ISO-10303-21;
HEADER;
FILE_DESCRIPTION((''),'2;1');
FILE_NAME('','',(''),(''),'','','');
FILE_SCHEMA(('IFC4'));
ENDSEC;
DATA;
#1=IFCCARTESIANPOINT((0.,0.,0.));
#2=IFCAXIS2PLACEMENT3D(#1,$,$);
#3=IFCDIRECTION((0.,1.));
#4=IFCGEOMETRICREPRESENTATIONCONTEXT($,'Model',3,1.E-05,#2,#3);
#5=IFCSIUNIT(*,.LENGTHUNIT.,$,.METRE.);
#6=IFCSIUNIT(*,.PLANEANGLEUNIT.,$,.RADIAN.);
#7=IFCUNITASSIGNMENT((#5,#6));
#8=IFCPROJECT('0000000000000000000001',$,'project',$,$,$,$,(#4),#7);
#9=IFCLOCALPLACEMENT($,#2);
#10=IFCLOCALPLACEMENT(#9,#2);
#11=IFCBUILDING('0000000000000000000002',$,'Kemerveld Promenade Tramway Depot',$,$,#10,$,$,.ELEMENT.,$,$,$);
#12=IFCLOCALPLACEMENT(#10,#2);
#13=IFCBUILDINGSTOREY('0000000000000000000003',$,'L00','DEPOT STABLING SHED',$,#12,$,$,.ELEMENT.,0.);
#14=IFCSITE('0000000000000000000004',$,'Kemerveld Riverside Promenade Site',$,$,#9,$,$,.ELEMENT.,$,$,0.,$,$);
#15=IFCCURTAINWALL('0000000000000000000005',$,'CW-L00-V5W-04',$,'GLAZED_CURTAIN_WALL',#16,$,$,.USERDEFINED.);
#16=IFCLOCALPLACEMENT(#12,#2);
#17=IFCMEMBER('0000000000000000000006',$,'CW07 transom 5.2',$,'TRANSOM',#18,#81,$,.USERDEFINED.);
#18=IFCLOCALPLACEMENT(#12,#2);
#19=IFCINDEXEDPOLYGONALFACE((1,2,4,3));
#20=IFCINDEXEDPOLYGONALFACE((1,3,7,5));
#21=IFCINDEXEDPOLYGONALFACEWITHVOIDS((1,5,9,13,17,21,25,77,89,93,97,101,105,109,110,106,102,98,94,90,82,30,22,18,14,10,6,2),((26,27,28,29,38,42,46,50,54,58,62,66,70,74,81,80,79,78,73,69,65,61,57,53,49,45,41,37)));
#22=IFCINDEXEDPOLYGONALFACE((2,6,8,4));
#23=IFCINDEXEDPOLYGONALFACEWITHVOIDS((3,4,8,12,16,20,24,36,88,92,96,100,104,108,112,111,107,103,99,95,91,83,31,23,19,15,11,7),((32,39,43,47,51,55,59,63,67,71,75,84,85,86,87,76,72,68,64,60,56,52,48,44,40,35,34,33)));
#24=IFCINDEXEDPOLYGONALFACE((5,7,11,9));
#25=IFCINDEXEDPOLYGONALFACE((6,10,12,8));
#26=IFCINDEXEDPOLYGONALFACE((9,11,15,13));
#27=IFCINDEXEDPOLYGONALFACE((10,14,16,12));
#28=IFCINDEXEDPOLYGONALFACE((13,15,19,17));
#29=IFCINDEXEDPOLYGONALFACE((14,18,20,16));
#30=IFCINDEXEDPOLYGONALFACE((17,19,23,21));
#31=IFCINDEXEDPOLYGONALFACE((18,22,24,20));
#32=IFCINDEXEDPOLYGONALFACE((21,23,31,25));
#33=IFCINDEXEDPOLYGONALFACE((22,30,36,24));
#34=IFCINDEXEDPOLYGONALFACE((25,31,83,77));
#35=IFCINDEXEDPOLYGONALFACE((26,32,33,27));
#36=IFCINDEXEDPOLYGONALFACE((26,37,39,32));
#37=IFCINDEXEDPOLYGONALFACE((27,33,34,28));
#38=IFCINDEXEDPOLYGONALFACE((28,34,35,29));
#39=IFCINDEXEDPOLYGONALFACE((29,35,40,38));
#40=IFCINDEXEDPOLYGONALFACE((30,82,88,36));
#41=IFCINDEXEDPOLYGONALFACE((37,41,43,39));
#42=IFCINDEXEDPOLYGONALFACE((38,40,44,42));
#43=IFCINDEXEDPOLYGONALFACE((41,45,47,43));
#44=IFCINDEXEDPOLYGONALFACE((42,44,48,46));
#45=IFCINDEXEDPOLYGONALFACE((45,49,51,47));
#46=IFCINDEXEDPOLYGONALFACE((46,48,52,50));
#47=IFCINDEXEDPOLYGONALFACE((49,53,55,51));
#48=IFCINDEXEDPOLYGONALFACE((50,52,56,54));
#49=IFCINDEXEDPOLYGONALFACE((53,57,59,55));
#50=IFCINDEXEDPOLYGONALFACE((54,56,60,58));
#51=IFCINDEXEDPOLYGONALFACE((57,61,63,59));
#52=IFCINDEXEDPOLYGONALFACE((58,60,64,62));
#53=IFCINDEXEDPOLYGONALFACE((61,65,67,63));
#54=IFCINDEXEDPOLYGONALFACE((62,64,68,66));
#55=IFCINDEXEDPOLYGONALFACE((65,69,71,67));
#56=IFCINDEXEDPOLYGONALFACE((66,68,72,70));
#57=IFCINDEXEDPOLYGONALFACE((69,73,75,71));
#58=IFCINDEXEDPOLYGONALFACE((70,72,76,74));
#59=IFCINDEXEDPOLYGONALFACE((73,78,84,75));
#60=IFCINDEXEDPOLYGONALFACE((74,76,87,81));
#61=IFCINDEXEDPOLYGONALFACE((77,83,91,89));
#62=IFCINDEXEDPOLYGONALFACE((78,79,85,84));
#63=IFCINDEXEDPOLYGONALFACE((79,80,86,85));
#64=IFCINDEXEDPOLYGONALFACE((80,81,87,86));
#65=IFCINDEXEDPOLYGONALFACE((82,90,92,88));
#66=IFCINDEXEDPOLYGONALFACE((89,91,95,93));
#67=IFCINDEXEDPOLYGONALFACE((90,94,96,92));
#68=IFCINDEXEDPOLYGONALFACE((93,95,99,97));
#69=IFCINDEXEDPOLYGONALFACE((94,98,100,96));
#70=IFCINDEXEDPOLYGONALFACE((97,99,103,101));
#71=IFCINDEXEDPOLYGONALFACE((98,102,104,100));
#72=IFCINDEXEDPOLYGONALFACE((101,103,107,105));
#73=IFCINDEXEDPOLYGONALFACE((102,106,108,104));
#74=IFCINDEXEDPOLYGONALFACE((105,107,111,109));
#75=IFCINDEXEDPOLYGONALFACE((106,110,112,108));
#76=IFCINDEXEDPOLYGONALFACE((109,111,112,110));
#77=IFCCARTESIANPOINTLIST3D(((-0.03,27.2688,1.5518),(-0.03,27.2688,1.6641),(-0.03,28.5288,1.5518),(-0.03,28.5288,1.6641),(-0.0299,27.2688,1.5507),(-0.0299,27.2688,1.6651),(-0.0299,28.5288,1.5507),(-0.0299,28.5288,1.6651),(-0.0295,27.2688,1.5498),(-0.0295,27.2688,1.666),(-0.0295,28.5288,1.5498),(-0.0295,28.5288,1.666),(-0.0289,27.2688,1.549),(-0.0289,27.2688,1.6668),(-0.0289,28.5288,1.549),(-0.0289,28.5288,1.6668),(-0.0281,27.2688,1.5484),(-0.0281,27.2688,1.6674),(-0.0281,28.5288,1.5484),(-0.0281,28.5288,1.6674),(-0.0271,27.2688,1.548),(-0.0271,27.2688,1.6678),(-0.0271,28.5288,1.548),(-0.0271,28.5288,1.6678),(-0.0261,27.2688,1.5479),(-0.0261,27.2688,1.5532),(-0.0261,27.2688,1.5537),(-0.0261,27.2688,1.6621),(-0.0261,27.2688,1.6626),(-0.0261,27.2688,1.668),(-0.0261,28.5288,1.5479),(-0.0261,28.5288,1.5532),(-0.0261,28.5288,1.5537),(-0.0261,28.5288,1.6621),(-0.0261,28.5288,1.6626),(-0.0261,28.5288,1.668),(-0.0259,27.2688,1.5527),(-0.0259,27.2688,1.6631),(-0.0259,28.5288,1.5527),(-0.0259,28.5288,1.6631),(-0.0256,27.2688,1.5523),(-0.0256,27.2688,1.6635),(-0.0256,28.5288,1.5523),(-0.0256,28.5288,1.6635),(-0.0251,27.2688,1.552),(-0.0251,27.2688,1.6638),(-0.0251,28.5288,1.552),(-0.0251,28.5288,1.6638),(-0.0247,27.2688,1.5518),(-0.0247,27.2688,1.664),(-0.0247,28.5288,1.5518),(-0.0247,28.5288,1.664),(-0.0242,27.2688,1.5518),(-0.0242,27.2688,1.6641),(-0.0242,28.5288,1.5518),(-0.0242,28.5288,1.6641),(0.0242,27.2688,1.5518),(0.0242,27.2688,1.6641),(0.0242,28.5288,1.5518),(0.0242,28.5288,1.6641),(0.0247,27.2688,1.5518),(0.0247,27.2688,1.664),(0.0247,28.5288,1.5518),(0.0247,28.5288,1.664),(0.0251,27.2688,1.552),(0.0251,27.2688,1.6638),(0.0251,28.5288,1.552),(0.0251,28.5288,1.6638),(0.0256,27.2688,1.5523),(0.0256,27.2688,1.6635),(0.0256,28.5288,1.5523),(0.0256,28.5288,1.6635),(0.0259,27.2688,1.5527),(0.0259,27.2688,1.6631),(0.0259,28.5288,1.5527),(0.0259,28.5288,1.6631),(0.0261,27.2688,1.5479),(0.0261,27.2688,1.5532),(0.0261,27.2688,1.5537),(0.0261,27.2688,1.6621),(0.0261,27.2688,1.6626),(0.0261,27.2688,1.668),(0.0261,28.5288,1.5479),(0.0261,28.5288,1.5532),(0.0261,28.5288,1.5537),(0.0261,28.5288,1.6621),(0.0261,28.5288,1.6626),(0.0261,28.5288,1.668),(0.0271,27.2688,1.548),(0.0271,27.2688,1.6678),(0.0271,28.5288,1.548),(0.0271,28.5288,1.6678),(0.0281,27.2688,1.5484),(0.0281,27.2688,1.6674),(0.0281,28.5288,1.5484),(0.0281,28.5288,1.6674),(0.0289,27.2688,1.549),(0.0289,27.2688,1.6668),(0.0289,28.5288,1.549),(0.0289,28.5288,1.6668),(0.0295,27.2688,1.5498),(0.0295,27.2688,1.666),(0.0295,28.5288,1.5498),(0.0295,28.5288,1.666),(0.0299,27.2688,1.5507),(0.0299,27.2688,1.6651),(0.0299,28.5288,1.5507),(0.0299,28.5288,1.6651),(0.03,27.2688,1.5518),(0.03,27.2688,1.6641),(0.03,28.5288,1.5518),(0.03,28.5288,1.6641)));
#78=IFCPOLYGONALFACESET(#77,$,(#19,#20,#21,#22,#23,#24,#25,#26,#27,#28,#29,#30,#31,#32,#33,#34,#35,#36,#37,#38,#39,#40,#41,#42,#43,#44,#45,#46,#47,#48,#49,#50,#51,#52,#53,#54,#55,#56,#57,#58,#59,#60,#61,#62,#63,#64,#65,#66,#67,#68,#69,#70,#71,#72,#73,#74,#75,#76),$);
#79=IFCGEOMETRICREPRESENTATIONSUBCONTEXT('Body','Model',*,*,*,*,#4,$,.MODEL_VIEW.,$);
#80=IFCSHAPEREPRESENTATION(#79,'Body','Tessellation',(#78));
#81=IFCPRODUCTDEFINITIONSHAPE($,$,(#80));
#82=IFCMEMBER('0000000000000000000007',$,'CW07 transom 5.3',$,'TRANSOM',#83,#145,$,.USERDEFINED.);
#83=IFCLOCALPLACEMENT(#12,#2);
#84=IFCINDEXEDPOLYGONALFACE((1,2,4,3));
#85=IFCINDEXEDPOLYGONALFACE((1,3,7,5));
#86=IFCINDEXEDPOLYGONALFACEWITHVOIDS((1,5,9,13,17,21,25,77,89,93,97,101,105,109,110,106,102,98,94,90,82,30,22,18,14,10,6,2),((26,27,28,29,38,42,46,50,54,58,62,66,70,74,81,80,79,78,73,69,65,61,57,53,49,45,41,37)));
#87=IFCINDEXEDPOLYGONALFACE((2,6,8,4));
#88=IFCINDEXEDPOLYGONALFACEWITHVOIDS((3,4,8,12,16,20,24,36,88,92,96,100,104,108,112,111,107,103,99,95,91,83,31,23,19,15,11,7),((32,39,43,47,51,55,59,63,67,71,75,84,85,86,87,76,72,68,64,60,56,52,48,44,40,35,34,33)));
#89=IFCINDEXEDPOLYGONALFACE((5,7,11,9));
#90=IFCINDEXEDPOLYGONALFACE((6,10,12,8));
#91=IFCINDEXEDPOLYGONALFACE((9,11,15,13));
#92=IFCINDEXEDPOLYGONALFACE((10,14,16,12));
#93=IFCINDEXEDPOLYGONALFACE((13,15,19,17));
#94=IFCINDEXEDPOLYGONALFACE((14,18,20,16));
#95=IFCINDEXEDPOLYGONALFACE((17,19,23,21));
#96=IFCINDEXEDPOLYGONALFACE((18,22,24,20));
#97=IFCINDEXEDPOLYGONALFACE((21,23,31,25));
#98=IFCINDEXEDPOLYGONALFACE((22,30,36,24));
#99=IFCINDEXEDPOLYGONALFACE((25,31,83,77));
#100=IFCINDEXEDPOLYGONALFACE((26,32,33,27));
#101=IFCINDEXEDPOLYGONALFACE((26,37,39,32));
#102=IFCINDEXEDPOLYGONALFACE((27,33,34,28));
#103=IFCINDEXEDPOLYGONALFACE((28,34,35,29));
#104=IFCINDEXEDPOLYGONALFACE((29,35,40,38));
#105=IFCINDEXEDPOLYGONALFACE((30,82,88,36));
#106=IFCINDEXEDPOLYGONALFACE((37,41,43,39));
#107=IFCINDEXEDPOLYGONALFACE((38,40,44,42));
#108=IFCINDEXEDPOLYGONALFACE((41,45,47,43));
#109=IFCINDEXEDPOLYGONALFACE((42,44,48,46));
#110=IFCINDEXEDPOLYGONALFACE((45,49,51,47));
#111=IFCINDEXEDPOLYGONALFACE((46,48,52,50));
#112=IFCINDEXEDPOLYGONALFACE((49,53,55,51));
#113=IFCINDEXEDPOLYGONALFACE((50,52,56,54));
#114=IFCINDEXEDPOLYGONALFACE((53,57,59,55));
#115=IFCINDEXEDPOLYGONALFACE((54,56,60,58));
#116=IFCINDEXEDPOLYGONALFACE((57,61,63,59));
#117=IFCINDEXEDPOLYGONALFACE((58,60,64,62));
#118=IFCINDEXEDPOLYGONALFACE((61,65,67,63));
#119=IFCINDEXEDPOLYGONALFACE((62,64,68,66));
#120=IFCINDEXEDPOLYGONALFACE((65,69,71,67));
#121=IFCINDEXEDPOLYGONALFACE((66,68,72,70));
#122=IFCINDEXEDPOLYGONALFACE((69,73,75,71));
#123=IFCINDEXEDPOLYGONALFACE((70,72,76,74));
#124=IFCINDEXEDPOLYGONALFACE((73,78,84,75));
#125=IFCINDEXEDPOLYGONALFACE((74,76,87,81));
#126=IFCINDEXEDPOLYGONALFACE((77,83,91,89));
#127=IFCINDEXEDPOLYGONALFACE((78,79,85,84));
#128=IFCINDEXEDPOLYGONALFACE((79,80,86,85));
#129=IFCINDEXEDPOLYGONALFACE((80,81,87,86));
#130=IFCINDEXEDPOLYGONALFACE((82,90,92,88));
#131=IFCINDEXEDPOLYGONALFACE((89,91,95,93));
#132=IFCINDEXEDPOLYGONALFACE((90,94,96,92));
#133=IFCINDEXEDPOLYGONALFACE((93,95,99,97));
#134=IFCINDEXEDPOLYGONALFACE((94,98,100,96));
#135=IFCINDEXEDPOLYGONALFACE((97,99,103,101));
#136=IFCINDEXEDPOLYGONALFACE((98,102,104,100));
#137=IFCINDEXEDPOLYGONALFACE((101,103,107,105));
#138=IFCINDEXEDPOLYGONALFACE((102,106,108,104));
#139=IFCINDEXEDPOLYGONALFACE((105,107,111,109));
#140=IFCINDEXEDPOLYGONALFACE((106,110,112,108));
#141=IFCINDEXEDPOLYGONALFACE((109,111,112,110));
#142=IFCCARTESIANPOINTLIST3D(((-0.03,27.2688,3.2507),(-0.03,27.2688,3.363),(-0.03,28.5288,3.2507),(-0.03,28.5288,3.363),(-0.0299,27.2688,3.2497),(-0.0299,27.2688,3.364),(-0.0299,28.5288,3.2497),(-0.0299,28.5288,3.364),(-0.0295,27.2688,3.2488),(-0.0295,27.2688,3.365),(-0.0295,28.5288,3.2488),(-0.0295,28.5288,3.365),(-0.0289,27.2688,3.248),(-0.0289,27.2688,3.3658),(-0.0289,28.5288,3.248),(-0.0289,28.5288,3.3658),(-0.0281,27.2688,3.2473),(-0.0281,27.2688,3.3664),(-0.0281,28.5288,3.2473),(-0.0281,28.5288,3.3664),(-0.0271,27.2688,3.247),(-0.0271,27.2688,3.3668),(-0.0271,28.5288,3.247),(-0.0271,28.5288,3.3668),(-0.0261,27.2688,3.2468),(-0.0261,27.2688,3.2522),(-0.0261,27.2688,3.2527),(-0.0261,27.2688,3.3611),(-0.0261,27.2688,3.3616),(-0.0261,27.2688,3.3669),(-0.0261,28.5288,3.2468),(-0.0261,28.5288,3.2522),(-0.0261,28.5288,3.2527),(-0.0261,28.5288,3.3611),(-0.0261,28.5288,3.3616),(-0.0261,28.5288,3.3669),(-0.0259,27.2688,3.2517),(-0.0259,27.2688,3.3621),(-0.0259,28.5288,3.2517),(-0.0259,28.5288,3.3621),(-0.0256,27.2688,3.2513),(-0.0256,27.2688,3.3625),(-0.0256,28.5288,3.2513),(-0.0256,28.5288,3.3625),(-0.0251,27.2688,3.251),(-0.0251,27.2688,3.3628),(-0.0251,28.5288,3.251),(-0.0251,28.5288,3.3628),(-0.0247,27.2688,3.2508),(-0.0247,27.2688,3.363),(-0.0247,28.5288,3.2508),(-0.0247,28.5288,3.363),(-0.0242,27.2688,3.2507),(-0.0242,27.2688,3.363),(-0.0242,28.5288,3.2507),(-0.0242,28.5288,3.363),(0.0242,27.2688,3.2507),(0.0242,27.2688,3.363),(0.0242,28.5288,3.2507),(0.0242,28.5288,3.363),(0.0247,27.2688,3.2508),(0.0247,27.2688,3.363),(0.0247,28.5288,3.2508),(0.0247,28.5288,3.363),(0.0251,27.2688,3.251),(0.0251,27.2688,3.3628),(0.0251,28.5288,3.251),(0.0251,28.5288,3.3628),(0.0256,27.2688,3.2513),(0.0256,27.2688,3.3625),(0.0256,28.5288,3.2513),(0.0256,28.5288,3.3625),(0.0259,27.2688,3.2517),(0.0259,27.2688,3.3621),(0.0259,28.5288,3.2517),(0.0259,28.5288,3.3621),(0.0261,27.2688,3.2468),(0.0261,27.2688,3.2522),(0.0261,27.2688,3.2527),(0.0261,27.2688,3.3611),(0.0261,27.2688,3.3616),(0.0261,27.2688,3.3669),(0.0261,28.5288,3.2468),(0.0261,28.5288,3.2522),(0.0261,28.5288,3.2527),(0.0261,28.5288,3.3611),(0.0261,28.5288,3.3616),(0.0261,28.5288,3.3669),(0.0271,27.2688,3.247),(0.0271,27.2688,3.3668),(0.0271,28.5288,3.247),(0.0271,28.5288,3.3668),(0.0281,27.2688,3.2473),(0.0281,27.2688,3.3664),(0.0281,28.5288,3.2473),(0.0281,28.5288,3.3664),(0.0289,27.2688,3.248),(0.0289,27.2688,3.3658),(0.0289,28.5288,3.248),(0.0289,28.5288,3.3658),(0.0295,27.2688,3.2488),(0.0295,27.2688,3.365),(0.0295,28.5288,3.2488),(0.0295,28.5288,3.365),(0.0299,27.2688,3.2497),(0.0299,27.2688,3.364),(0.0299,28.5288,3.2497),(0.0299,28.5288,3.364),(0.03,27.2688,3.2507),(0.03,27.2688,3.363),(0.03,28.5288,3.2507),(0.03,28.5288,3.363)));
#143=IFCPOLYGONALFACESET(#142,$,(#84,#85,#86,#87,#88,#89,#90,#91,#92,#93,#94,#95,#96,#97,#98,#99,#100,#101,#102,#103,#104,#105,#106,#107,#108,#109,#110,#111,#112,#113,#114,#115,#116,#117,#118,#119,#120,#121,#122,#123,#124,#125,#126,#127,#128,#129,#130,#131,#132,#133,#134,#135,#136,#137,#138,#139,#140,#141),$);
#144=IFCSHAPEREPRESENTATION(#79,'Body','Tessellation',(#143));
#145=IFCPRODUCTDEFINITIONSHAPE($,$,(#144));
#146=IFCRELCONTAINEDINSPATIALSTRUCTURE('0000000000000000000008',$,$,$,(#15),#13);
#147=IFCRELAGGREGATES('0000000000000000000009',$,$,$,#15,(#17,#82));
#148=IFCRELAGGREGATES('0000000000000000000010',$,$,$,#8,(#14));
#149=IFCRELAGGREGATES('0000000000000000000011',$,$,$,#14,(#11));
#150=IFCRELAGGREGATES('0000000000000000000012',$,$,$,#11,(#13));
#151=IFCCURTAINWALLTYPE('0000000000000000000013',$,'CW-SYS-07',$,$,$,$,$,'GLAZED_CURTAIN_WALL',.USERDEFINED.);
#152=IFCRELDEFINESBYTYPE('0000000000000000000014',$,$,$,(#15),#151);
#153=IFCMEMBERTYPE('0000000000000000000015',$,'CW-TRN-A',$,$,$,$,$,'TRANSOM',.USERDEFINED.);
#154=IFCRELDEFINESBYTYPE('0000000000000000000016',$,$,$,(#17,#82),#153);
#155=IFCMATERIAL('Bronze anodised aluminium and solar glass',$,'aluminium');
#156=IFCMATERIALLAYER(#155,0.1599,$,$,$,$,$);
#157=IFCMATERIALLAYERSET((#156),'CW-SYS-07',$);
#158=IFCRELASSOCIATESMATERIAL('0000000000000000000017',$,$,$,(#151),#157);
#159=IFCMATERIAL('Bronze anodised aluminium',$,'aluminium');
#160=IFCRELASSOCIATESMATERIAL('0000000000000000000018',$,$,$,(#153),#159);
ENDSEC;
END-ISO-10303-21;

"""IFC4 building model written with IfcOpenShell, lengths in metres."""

from ifc_helpers import new_model, si_unit, direction, frame, origin, origin_2d, place, context, subcontext, project, spatial, hollow_rectangle, extrude, material, layer, layer_set, material_profile, profile_set, type_object, element, aggregate, save


model = new_model("IFC4")

# Units and contexts
model_context = context("Model", 3, precision=1e-05, world=origin(), true_north=direction((0.0, 1.0)))
body_context = subcontext(model_context, "Body", "Model", "MODEL_VIEW")
ifc_project = project(units=[si_unit("LENGTHUNIT", "METRE"), si_unit("PLANEANGLEUNIT", "RADIAN")], contexts=[model_context])

# Site, building, storey
site_placement = place(None, origin())
site = spatial("IfcSite", under=ifc_project, at=site_placement, Name="Kemerveld Riverside Promenade Site", CompositionType="ELEMENT", RefElevation=0.0)
building_placement = place(site_placement, origin())
building = spatial("IfcBuilding", under=site, at=building_placement, Name="Kemerveld Promenade Tramway Depot", CompositionType="ELEMENT")
storey_placement = place(building_placement, origin())
storey = spatial("IfcBuildingStorey", under=building, at=storey_placement, Name="L00", Description="DEPOT STABLING SHED", CompositionType="ELEMENT", Elevation=0.0)

# Curtain wall, members
ifc_material_1 = material(Name="Bronze anodised aluminium and solar glass", Category="aluminium")
ifc_layer_1 = layer(ifc_material_1, 0.1599)
ifc_layer_set_1 = layer_set([ifc_layer_1], Name="CW-SYS-07")
curtain_wall_type = type_object("IfcCurtainWallType", Name="CW-SYS-07", ElementType="GLAZED_CURTAIN_WALL", PredefinedType="USERDEFINED", material=ifc_layer_set_1)
curtain_wall_placement = place(storey_placement, origin())
curtain_wall = element("IfcCurtainWall", 1, at=curtain_wall_placement, inside=storey, type_object=curtain_wall_type, Name="CW-L00-V5W-04", ObjectType="GLAZED_CURTAIN_WALL", PredefinedType="USERDEFINED")
ifc_material_2 = material(Name="Bronze anodised aluminium", Category="aluminium")
ifc_material_profile_1 = material_profile(ifc_material_2, hollow_rectangle(XDim=0.0601, YDim=0.1201, WallThickness=0.0039, InnerFilletRadius=0.002, OuterFilletRadius=0.0039, at=origin_2d()), Name="CW-TRN-120x60")
ifc_profile_set_1 = profile_set([ifc_material_profile_1], Name="Bronze anodised aluminium")
member_type_1 = type_object("IfcMemberType", Name="CW-TRN-A", ElementType="TRANSOM", PredefinedType="USERDEFINED", material=ifc_profile_set_1)
member_1_placement = place(storey_placement, frame((0.0, 27.2688, 1.6079), z_axis=(0.0, 1.0, 0.0), x_axis=(-1.0, 0.0, 0.0)))
member_1 = element("IfcMember", 2, at=member_1_placement, type_object=member_type_1, Name="CW07 transom 5.2", ObjectType="TRANSOM", PredefinedType="USERDEFINED", context=body_context, shape_type="SweptSolid", body=[
    extrude(hollow_rectangle(XDim=0.0601, YDim=0.1201, WallThickness=0.0039, InnerFilletRadius=0.002, OuterFilletRadius=0.0039, at=origin_2d()), origin(), (0.0, 0.0, 1.0), 1.26),
])
member_2_placement = place(storey_placement, frame((0.0, 27.2688, 3.3069), z_axis=(0.0, 1.0, 0.0), x_axis=(-1.0, 0.0, 0.0)))
member_2 = element("IfcMember", 3, at=member_2_placement, type_object=member_type_1, Name="CW07 transom 5.3", ObjectType="TRANSOM", PredefinedType="USERDEFINED", context=body_context, shape_type="SweptSolid", body=[
    extrude(hollow_rectangle(XDim=0.0601, YDim=0.1201, WallThickness=0.0039, InnerFilletRadius=0.002, OuterFilletRadius=0.0039, at=origin_2d()), origin(), (0.0, 0.0, 1.0), 1.26),
])
aggregate(curtain_wall, [member_1, member_2])

save(model, "model.ifc")
